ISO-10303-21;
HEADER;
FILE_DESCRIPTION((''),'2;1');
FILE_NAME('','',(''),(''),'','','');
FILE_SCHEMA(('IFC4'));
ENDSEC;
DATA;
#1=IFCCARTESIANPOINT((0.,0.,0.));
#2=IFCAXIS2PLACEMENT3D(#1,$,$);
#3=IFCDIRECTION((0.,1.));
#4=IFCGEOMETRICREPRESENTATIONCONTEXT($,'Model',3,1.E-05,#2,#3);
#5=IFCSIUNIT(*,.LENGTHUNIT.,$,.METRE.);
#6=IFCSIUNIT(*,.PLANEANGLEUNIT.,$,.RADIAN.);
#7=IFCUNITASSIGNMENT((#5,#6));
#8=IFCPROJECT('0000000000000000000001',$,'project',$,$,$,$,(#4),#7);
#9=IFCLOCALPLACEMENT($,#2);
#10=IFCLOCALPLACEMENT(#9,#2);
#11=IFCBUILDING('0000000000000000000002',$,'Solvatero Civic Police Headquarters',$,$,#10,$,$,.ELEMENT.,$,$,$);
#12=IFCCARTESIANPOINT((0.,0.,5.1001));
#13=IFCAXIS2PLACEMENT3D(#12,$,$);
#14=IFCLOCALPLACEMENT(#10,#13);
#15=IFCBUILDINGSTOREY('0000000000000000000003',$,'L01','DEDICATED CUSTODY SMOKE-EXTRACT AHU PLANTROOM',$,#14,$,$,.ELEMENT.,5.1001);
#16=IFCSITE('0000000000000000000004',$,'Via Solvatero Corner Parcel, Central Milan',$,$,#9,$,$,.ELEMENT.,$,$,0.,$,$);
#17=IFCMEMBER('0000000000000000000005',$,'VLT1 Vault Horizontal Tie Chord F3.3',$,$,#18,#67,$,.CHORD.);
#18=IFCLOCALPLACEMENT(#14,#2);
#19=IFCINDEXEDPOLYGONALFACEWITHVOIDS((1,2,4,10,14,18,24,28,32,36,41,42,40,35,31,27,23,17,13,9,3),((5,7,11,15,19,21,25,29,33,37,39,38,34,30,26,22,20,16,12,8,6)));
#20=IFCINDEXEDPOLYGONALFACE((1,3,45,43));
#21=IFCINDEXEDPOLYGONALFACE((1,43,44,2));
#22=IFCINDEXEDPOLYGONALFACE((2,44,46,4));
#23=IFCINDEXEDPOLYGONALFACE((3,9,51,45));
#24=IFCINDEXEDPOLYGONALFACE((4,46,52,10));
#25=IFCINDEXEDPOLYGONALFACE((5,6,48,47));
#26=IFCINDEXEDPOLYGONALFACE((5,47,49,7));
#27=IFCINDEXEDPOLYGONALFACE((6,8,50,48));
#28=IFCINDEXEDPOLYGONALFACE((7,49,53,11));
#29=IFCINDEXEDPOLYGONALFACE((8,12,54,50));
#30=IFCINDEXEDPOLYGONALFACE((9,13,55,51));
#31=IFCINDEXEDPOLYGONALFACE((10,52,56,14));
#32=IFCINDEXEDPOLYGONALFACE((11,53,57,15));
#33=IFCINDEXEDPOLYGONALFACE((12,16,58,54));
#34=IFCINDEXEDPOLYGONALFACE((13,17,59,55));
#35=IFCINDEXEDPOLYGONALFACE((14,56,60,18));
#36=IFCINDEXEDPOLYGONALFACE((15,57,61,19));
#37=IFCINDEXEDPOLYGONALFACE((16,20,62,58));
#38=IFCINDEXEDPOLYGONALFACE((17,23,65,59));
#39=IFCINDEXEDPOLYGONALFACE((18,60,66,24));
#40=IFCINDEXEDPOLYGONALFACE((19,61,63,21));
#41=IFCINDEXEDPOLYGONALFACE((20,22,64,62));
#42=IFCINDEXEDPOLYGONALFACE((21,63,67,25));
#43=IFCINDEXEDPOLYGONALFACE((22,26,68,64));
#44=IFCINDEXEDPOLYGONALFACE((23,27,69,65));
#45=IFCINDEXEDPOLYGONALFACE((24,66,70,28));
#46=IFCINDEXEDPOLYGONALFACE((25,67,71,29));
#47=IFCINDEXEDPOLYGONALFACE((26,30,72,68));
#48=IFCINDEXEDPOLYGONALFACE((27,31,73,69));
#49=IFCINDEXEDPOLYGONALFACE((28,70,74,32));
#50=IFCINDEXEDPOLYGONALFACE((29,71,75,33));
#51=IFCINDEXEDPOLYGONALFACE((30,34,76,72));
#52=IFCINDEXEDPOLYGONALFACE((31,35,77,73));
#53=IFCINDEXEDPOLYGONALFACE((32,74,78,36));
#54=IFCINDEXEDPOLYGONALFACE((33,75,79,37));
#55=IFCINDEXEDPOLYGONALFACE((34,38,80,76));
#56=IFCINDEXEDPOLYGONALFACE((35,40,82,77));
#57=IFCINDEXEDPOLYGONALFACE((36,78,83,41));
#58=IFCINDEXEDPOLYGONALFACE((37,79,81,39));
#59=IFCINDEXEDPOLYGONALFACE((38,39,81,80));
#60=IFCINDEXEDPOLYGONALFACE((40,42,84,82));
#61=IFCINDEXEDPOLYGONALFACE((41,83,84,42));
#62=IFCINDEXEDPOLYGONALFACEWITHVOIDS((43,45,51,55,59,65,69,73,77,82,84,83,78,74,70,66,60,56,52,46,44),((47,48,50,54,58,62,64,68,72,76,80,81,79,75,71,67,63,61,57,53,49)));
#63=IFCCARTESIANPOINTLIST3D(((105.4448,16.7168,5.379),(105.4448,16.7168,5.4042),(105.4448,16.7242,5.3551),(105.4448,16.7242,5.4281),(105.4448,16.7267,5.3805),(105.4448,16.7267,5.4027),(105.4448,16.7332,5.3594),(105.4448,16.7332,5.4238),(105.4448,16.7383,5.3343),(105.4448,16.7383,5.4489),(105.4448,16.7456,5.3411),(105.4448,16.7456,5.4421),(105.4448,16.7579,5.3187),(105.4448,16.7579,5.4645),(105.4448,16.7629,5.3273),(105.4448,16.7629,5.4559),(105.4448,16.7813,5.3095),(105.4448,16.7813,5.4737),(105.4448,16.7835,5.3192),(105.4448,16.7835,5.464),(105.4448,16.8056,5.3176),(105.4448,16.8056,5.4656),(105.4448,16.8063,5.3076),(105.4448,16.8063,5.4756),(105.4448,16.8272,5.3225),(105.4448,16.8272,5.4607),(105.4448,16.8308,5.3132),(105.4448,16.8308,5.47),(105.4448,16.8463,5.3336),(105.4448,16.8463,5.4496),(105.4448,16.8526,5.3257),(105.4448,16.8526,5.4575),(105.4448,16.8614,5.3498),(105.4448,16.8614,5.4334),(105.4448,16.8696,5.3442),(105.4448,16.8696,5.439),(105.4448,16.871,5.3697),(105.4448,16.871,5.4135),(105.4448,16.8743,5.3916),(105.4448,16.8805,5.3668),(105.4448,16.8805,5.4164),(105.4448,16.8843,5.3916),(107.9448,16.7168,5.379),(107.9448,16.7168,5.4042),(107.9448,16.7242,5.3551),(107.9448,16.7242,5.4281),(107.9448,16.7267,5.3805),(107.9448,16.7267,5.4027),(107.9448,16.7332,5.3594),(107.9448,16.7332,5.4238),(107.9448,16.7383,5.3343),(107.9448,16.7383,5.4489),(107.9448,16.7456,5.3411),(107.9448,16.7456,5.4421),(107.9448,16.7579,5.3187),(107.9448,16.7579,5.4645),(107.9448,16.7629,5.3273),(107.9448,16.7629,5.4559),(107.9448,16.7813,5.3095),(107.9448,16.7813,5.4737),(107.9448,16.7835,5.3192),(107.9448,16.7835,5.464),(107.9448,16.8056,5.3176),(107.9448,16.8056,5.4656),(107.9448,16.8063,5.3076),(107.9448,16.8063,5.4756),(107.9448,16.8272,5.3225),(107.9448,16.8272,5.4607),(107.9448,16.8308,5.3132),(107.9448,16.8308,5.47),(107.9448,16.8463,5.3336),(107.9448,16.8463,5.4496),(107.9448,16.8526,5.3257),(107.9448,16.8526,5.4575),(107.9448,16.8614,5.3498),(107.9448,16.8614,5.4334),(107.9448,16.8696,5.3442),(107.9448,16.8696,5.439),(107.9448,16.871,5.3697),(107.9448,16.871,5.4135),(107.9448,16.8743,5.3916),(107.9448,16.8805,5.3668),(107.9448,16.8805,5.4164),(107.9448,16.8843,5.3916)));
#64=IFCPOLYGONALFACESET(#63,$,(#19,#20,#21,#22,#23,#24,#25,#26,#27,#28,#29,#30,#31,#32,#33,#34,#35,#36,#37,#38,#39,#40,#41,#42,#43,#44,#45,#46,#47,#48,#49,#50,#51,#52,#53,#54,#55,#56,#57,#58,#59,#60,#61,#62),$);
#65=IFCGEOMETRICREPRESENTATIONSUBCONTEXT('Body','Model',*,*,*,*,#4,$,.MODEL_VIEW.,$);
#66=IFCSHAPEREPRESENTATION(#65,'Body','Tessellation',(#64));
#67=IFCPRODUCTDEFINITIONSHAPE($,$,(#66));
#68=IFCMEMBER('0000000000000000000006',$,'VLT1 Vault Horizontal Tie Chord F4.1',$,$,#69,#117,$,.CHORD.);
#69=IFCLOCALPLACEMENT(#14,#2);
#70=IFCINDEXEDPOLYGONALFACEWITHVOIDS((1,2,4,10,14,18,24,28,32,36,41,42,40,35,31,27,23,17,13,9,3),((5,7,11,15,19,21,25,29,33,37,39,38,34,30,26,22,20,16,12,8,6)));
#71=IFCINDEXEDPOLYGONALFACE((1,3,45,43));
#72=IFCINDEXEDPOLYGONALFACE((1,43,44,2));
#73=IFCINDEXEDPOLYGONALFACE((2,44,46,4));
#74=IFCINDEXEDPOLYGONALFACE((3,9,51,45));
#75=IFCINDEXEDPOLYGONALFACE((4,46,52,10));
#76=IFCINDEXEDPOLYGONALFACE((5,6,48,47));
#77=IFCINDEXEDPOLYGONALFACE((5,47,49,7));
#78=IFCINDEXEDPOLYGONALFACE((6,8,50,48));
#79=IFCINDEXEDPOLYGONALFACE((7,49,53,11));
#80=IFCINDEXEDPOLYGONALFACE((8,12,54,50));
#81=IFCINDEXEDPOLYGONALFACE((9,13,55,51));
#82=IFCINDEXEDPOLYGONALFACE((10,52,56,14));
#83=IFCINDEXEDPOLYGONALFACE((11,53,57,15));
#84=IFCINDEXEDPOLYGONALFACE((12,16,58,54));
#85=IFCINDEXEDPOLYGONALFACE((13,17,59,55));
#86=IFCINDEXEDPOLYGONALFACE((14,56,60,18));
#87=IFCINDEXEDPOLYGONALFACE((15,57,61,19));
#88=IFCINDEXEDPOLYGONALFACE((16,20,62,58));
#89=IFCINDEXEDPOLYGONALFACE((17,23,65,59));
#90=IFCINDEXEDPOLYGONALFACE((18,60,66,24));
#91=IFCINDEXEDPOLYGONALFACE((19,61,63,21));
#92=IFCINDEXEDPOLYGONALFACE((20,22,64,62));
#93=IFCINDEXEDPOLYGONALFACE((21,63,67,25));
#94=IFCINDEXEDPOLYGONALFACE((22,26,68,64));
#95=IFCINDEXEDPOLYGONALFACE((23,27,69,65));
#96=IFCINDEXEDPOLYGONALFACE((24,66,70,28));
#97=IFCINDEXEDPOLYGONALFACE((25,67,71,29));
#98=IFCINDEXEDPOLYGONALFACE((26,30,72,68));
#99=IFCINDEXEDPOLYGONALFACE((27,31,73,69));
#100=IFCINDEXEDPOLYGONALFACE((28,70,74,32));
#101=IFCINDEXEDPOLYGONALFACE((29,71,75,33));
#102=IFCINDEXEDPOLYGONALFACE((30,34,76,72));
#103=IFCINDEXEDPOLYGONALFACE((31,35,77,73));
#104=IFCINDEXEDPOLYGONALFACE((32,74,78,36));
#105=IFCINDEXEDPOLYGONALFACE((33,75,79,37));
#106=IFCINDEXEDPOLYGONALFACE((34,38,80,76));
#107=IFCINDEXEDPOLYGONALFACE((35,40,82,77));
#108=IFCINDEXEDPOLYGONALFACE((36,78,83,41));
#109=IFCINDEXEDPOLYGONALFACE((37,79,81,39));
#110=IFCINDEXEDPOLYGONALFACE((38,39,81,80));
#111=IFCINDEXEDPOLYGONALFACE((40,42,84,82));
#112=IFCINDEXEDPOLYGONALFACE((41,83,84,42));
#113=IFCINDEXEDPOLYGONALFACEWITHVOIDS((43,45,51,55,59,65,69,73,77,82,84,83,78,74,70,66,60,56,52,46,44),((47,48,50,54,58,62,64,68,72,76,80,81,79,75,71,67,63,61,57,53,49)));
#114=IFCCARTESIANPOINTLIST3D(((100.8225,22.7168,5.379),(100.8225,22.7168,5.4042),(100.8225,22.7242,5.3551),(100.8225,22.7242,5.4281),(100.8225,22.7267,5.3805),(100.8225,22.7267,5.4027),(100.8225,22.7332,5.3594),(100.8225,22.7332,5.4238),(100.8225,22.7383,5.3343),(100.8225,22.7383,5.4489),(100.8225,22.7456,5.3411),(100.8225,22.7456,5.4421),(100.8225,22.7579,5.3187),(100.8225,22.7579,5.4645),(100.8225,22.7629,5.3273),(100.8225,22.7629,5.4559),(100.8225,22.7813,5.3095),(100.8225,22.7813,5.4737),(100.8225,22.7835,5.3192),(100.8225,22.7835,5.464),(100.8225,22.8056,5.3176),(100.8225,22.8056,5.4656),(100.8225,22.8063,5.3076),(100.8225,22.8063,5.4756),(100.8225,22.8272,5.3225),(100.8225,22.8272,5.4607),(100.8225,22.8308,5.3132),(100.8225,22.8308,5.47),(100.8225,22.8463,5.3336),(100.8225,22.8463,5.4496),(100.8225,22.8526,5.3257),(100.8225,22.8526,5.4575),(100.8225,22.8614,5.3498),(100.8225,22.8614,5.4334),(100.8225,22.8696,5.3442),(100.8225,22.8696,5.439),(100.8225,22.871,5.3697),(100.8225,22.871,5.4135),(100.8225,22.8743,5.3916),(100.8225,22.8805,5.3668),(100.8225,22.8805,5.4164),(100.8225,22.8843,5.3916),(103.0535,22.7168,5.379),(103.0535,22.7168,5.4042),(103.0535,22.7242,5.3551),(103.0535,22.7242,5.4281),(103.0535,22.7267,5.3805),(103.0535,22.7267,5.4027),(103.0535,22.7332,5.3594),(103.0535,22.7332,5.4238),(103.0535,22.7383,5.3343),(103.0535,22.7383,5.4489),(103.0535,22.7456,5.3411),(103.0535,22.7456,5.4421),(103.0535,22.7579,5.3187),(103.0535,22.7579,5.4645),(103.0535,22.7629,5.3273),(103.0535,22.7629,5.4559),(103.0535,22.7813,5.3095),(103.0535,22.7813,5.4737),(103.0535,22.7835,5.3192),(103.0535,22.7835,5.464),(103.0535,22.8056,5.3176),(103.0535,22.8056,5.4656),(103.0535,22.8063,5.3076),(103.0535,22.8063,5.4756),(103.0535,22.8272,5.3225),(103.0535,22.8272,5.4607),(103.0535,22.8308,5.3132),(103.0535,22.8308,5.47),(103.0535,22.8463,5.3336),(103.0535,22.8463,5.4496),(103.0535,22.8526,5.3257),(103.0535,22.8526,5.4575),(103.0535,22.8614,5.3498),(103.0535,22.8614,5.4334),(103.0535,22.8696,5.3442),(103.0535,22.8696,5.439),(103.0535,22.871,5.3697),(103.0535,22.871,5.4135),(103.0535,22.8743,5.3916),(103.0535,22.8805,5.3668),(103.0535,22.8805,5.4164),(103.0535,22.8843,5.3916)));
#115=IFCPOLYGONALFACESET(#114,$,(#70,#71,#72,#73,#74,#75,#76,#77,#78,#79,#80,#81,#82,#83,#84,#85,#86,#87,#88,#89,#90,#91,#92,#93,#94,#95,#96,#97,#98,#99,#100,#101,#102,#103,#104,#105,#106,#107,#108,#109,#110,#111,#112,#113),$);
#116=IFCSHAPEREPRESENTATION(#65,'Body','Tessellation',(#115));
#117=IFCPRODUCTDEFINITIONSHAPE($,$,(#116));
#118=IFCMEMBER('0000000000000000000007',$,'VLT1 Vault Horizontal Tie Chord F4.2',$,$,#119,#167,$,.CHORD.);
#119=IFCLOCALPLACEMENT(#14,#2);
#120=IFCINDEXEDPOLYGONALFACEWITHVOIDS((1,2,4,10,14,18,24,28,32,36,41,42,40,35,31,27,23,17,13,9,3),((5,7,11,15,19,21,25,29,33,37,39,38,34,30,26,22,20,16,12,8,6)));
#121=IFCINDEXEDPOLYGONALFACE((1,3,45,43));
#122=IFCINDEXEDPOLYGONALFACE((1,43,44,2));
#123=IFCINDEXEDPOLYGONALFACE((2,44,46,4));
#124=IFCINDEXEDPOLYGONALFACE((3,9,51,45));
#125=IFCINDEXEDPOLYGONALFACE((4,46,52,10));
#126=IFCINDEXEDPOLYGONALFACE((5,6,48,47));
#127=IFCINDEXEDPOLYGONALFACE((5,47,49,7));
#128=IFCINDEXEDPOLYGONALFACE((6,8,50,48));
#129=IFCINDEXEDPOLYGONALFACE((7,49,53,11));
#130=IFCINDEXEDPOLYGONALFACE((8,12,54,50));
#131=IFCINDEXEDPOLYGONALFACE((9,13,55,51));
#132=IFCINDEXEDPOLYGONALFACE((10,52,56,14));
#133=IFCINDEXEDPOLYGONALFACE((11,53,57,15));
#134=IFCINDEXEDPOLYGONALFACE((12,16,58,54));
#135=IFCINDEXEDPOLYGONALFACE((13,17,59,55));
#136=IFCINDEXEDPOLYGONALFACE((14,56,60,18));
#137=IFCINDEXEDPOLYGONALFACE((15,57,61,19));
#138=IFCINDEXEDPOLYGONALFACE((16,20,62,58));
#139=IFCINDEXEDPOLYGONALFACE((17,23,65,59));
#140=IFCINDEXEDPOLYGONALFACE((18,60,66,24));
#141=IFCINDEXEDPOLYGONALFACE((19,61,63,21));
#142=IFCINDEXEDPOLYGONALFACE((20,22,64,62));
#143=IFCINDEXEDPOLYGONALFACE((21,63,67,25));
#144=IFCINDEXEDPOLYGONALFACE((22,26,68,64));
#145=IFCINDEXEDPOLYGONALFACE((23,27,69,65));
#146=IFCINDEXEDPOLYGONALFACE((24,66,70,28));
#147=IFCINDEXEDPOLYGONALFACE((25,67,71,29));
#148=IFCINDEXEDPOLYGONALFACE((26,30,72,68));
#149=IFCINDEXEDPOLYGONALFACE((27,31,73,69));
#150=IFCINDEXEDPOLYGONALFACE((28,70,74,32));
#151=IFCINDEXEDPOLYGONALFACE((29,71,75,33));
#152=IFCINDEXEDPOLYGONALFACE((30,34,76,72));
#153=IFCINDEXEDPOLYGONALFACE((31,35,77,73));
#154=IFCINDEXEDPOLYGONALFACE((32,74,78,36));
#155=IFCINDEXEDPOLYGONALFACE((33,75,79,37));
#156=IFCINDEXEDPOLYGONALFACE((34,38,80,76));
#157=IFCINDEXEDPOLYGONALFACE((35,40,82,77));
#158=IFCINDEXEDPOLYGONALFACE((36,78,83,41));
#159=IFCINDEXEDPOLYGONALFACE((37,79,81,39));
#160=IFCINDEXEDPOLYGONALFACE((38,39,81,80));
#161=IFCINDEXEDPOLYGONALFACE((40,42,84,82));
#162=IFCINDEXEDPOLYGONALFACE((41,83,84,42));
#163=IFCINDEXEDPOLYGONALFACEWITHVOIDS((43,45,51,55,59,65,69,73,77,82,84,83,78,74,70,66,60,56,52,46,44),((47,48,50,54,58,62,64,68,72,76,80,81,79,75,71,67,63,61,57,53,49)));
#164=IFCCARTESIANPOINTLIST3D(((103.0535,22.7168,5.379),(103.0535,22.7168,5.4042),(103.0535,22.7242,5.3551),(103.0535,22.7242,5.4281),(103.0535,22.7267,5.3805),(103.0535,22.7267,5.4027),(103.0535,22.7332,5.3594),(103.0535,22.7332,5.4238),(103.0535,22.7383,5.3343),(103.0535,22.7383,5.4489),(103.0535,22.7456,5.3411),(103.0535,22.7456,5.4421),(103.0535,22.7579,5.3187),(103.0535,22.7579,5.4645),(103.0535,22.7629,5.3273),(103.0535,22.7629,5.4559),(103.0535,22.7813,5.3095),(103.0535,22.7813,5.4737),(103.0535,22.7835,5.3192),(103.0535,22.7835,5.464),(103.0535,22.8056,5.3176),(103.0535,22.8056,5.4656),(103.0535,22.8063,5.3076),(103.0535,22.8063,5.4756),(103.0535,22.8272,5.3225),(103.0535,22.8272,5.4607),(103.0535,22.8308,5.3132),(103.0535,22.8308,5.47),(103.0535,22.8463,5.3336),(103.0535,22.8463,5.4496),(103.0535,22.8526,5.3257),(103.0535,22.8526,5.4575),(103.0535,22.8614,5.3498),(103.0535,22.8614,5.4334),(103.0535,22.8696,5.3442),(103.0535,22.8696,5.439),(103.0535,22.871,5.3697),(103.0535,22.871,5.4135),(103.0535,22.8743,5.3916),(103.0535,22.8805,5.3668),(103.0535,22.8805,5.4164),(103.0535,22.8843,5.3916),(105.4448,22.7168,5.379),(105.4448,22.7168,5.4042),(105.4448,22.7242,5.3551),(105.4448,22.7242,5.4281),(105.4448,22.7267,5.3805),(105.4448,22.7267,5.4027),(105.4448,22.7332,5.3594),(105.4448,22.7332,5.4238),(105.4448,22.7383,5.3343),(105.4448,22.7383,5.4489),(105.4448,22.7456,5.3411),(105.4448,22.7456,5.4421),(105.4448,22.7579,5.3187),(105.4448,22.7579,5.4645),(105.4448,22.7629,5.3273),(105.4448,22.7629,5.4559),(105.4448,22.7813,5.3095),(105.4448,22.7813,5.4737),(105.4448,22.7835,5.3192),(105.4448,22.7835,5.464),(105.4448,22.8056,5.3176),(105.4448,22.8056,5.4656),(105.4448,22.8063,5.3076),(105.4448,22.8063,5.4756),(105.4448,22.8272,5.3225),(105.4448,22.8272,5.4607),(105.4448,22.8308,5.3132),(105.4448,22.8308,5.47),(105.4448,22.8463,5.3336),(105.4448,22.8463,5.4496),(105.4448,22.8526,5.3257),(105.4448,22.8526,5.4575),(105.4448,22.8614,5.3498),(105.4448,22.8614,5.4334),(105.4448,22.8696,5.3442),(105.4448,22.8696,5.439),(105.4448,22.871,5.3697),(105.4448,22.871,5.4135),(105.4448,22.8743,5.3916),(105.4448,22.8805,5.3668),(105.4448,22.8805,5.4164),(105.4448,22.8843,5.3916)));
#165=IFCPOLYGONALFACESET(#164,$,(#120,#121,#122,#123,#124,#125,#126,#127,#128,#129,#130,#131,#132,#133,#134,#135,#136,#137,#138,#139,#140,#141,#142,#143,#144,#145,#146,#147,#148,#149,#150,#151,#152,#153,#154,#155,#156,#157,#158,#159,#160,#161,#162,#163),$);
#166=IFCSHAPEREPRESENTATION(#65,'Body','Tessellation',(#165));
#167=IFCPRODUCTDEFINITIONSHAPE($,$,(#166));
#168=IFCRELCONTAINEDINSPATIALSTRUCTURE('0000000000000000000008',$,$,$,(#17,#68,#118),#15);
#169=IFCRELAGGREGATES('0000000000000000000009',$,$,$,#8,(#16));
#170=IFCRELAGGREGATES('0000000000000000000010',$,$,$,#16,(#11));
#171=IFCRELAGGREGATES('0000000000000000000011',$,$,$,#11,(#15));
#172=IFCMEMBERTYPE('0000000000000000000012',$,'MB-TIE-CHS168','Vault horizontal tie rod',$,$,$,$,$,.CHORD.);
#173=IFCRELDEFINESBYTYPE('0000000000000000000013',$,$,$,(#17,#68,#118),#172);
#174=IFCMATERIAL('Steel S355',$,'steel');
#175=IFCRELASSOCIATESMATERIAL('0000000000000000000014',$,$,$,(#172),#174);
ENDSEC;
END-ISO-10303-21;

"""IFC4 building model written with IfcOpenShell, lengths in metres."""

from ifc_helpers import new_model, si_unit, direction, frame, origin, origin_2d, place, context, subcontext, project, spatial, hollow_circle, extrude, material, material_profile, profile_set, type_object, element, save


model = new_model("IFC4")

# Units and contexts
model_context = context("Model", 3, precision=1e-05, world=origin(), true_north=direction((0.0, 1.0)))
body_context = subcontext(model_context, "Body", "Model", "MODEL_VIEW")
ifc_project = project(units=[si_unit("LENGTHUNIT", "METRE"), si_unit("PLANEANGLEUNIT", "RADIAN")], contexts=[model_context])

# Site, building, storey
site_placement = place(None, origin())
site = spatial("IfcSite", under=ifc_project, at=site_placement, Name="Via Solvatero Corner Parcel, Central Milan", CompositionType="ELEMENT", RefElevation=0.0)
building_placement = place(site_placement, origin())
building = spatial("IfcBuilding", under=site, at=building_placement, Name="Solvatero Civic Police Headquarters", CompositionType="ELEMENT")
storey_placement = place(building_placement, frame((0.0, 0.0, 5.1001)))
storey = spatial("IfcBuildingStorey", under=building, at=storey_placement, Name="L01", Description="DEDICATED CUSTODY SMOKE-EXTRACT AHU PLANTROOM", CompositionType="ELEMENT", Elevation=5.1001)

# Shared definitions
ifc_material = material(Name="Steel S355", Category="steel")

# Members
ifc_material_profile_1 = material_profile(ifc_material, hollow_circle(Radius=0.0842, WallThickness=0.01, at=origin_2d()), Name="CHS 168.3x10.0")
ifc_profile_set_1 = profile_set([ifc_material_profile_1], Name="Steel S355")
member_type_1 = type_object("IfcMemberType", Name="MB-TIE-CHS168", Description="Vault horizontal tie rod", PredefinedType="CHORD", material=ifc_profile_set_1)
member_1_placement = place(storey_placement, frame((105.4448, 16.8, 5.3916), z_axis=(1.0, 0.0, 0.0), x_axis=(0.0, 1.0, 0.0)))
element("IfcMember", 1, at=member_1_placement, inside=storey, type_object=member_type_1, Name="VLT1 Vault Horizontal Tie Chord F3.3", PredefinedType="CHORD", context=body_context, shape_type="SweptSolid", body=[
    extrude(hollow_circle(Radius=0.0842, WallThickness=0.01, at=origin_2d()), origin(), (0.0, 0.0, 1.0), 2.5),
])
member_2_placement = place(storey_placement, frame((100.8225, 22.8, 5.3916), z_axis=(1.0, 0.0, 0.0), x_axis=(0.0, 1.0, 0.0)))
element("IfcMember", 2, at=member_2_placement, inside=storey, type_object=member_type_1, Name="VLT1 Vault Horizontal Tie Chord F4.1", PredefinedType="CHORD", context=body_context, shape_type="SweptSolid", body=[
    extrude(hollow_circle(Radius=0.0842, WallThickness=0.01, at=origin_2d()), origin(), (0.0, 0.0, 1.0), 2.231),
])
member_3_placement = place(storey_placement, frame((103.0535, 22.8, 5.3916), z_axis=(1.0, 0.0, 0.0), x_axis=(0.0, 1.0, 0.0)))
element("IfcMember", 3, at=member_3_placement, inside=storey, type_object=member_type_1, Name="VLT1 Vault Horizontal Tie Chord F4.2", PredefinedType="CHORD", context=body_context, shape_type="SweptSolid", body=[
    extrude(hollow_circle(Radius=0.0842, WallThickness=0.01, at=origin_2d()), origin(), (0.0, 0.0, 1.0), 2.3914),
])

save(model, "model.ifc")
